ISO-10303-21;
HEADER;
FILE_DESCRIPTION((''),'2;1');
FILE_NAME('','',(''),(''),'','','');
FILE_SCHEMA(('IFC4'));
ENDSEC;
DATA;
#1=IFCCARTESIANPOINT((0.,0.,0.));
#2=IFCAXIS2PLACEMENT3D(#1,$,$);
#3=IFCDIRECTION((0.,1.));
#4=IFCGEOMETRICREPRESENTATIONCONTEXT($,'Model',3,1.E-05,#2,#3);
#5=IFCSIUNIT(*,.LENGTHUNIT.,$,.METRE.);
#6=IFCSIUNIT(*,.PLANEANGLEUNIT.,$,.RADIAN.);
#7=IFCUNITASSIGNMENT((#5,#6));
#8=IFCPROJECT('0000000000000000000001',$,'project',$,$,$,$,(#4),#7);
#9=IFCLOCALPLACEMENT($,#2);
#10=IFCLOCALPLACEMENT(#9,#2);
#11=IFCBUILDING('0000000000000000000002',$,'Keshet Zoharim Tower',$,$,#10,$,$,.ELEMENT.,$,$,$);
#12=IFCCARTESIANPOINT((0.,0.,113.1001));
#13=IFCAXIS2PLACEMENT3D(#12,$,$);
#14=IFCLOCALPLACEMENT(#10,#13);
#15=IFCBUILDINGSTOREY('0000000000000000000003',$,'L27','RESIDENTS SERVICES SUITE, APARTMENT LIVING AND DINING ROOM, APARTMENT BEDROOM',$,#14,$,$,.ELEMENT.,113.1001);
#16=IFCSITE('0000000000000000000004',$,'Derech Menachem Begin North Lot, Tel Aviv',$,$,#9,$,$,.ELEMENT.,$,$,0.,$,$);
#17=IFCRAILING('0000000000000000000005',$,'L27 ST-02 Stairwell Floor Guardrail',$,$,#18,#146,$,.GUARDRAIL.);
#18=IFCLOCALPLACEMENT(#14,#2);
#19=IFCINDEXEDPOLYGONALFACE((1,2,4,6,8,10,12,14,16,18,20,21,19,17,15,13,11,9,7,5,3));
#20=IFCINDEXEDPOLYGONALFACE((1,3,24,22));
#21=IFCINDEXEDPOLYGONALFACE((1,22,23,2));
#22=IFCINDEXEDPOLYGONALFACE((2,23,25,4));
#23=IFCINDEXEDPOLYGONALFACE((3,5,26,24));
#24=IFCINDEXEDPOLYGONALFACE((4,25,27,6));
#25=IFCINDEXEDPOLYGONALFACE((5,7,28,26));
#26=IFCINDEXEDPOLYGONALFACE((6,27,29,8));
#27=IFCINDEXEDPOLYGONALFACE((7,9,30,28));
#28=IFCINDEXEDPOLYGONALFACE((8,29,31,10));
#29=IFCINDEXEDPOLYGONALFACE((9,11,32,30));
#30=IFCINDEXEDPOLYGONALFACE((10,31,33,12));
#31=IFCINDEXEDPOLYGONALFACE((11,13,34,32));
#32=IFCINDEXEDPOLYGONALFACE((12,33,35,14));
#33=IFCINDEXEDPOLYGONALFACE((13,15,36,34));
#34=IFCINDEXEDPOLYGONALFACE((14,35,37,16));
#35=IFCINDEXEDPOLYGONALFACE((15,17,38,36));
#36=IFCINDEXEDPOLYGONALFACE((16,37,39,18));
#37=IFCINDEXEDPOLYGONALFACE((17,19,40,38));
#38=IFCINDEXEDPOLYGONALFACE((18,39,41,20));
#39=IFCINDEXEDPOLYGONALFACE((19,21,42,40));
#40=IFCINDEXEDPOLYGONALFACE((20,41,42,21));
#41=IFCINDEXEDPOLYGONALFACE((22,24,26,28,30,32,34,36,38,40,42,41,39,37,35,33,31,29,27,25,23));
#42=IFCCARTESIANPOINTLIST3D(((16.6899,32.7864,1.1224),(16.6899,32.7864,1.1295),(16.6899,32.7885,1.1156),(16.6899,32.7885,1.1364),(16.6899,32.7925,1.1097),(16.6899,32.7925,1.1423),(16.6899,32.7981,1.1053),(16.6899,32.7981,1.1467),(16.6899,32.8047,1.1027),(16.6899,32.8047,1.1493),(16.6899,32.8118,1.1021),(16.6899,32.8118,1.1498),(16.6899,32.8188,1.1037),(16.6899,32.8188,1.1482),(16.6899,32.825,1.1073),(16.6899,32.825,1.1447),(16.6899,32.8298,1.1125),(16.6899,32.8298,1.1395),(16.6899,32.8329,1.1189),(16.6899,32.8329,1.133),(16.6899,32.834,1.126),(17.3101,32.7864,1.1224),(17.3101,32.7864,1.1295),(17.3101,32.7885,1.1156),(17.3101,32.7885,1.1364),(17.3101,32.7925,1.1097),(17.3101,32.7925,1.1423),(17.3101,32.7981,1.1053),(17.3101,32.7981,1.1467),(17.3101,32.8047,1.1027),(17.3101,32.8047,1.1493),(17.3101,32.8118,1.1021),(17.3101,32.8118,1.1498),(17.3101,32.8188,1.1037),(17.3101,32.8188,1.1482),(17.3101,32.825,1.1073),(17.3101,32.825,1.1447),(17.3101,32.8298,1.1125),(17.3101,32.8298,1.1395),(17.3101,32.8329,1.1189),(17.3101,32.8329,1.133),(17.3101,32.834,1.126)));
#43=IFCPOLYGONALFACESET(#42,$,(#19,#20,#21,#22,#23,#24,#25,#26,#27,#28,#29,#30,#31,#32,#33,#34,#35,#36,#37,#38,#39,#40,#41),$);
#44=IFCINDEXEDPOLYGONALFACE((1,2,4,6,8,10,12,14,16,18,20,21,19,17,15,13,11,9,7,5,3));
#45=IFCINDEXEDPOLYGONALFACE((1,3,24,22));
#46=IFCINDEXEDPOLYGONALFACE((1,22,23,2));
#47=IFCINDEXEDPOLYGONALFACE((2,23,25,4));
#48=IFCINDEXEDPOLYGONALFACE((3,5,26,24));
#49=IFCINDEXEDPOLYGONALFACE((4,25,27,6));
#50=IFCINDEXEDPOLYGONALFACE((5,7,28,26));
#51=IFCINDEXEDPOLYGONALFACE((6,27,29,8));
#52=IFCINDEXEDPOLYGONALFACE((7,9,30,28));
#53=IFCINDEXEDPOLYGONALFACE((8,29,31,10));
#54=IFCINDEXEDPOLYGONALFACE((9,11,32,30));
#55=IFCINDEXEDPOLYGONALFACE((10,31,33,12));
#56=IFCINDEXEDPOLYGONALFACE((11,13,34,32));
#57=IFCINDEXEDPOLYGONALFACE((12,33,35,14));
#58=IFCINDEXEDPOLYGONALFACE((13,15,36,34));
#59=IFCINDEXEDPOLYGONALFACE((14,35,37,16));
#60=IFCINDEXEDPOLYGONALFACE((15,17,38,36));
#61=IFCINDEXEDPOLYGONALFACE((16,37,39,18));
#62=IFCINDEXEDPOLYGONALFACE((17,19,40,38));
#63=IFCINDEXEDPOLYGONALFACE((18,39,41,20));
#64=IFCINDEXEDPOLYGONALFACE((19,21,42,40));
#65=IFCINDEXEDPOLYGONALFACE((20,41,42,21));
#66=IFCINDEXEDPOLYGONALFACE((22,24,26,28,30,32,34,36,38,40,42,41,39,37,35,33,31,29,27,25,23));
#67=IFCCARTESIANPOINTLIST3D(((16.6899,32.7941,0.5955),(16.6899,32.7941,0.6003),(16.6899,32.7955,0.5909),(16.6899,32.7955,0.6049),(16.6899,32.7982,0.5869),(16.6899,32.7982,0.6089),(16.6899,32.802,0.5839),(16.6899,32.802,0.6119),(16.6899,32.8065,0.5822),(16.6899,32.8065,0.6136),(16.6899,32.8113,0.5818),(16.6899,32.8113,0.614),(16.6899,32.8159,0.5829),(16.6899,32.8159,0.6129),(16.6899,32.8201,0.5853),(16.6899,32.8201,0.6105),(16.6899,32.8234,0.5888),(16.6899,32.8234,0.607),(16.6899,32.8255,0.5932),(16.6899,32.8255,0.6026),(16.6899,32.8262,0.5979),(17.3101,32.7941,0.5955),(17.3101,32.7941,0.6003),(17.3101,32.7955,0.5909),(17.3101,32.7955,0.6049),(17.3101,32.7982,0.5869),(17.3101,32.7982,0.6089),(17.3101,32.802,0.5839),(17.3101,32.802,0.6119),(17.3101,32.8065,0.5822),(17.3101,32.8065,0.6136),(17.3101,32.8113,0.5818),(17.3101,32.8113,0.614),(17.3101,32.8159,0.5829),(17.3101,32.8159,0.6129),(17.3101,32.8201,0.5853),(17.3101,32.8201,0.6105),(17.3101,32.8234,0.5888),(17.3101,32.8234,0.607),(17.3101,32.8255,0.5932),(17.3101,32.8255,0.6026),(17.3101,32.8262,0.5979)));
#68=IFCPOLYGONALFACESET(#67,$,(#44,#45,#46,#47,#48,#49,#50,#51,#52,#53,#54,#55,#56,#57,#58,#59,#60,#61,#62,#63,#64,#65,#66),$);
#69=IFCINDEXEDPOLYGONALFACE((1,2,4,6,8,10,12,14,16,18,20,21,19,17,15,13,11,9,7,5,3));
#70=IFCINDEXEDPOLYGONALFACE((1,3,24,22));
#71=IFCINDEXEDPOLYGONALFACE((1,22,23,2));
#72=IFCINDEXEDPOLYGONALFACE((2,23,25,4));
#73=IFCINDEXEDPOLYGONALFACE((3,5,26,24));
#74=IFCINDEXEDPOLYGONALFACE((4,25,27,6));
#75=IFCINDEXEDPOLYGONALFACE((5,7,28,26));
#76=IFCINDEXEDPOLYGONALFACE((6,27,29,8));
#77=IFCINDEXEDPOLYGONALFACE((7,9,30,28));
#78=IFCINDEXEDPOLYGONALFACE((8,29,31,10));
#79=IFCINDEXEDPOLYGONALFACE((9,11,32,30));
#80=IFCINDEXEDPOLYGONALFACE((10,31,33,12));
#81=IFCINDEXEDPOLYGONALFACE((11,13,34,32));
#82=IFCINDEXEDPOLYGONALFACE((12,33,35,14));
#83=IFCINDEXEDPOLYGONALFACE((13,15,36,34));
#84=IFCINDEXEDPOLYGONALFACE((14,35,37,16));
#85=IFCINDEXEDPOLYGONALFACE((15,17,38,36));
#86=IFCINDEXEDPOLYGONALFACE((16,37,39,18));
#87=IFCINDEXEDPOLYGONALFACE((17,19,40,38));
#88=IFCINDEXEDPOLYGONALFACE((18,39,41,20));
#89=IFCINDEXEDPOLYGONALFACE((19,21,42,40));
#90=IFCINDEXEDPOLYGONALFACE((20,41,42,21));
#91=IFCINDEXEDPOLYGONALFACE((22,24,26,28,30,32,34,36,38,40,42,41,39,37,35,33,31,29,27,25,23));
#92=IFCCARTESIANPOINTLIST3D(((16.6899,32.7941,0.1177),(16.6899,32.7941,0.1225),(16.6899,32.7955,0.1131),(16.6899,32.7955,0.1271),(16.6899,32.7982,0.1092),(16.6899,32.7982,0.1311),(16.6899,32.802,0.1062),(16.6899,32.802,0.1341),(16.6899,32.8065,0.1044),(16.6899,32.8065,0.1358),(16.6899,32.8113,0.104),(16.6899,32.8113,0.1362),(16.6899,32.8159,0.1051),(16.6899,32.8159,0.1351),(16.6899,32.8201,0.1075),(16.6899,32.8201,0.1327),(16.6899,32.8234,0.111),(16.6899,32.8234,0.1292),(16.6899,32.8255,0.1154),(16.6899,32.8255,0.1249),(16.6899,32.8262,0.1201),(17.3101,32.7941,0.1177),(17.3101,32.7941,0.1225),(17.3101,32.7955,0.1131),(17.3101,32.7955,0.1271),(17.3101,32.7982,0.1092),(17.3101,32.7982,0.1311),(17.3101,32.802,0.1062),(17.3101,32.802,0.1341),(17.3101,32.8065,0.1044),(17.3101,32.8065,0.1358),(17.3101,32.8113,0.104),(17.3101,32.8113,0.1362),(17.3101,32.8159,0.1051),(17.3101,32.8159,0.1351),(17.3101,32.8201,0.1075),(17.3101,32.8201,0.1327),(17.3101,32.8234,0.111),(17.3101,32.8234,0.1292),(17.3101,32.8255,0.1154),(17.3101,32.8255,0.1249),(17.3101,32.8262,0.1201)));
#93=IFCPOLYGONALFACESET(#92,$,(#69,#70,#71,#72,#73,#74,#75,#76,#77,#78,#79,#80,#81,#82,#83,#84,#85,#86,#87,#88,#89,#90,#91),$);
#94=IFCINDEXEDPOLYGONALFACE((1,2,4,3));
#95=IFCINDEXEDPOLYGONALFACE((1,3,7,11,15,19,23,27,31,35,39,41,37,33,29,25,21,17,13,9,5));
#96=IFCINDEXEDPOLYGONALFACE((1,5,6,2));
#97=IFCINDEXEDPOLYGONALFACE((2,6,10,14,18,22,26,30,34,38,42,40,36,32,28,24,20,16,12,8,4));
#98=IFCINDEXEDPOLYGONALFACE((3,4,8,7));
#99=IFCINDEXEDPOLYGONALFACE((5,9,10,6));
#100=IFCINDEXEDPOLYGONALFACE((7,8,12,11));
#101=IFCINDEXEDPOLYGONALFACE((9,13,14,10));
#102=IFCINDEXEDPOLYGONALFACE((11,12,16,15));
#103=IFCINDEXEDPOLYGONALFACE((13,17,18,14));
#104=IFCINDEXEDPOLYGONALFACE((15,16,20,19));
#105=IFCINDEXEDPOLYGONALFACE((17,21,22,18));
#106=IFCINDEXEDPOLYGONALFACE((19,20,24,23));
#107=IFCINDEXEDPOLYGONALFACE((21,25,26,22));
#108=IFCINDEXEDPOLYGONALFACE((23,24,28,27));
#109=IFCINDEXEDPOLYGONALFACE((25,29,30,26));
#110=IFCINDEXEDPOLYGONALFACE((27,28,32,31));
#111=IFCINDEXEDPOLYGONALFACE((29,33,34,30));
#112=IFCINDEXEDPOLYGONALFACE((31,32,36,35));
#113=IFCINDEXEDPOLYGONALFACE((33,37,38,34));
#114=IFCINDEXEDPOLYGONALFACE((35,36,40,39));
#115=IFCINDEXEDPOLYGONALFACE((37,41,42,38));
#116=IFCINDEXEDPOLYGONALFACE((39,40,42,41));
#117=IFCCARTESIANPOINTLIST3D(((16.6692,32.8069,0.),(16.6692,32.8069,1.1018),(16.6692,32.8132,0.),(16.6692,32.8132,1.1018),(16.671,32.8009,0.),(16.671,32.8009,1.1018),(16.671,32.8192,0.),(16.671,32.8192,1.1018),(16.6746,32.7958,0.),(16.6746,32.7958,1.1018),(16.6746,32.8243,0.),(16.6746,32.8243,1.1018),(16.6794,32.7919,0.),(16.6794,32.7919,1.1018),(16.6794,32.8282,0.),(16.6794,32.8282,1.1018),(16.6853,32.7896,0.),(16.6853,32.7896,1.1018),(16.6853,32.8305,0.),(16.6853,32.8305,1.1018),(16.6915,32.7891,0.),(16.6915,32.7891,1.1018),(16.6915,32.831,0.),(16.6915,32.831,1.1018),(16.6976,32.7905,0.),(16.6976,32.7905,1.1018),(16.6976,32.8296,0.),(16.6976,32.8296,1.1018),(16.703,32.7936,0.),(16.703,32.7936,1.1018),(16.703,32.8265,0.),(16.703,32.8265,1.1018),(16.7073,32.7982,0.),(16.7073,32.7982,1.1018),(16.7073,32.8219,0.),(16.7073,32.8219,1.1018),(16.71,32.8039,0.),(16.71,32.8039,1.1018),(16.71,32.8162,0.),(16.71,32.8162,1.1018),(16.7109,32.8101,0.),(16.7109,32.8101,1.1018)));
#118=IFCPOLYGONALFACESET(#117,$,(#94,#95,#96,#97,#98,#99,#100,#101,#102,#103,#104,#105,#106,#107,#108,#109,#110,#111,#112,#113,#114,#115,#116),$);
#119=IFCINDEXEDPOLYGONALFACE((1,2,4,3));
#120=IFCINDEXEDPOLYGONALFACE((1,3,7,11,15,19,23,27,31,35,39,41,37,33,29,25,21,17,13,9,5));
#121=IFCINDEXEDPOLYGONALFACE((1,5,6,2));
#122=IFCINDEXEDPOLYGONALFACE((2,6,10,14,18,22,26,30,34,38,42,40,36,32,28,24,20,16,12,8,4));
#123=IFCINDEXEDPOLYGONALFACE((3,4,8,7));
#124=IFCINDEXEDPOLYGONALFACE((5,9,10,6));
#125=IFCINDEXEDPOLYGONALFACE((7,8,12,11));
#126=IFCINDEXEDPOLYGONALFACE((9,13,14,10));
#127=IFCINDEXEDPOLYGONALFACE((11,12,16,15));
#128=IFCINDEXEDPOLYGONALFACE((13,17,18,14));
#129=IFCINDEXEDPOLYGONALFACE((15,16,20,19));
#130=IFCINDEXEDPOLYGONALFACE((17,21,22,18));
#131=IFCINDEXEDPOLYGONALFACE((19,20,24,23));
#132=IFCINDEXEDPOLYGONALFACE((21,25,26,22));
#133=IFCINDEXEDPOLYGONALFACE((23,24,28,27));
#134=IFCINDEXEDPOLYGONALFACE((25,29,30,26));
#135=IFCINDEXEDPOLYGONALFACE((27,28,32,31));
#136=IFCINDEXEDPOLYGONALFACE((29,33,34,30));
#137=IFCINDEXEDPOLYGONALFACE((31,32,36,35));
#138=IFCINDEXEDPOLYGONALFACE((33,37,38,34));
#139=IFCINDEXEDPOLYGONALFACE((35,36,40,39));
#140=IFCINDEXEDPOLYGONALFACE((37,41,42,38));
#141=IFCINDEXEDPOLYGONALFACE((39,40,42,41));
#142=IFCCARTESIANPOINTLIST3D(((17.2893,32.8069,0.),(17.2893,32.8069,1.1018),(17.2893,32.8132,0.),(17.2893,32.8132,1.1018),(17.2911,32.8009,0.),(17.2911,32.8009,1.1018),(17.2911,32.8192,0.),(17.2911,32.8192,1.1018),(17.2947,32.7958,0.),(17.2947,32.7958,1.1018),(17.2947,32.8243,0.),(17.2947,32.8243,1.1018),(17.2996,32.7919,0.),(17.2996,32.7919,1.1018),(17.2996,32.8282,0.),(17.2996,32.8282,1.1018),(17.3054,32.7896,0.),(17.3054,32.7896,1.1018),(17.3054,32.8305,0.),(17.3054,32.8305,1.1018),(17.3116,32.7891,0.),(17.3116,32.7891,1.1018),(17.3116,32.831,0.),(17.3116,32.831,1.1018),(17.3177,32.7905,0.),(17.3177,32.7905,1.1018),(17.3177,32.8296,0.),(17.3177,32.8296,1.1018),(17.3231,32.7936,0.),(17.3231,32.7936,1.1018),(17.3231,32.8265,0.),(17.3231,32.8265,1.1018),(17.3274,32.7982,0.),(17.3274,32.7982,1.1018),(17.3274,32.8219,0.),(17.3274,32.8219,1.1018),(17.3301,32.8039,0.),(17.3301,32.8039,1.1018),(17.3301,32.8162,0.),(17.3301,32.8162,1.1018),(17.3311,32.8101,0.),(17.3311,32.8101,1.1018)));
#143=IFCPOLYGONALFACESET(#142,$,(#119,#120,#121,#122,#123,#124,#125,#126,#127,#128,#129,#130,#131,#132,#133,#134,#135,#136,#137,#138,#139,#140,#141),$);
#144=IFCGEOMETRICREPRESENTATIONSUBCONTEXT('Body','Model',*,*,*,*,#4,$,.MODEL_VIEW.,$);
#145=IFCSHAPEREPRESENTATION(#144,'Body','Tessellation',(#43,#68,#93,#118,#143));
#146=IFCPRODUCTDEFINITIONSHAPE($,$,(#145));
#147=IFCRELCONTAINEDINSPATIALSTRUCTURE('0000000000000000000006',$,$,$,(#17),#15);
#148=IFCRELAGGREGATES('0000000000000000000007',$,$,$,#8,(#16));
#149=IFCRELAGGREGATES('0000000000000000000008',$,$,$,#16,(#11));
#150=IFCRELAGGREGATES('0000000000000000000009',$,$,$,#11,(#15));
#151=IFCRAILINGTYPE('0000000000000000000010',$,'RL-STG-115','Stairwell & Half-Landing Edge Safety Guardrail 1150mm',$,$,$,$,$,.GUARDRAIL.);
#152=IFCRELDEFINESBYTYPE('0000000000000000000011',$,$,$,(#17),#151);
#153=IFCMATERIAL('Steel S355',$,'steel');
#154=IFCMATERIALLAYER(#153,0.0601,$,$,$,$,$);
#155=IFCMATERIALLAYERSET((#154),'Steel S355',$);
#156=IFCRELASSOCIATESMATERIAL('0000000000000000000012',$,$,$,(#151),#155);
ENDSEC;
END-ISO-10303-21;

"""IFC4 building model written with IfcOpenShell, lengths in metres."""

from ifc_helpers import new_model, si_unit, direction, frame, origin, origin_2d, place, context, subcontext, project, spatial, circle, extrude, material, layer, layer_set, type_object, element, save


model = new_model("IFC4")

# Units and contexts
model_context = context("Model", 3, precision=1e-05, world=origin(), true_north=direction((0.0, 1.0)))
body_context = subcontext(model_context, "Body", "Model", "MODEL_VIEW")
ifc_project = project(units=[si_unit("LENGTHUNIT", "METRE"), si_unit("PLANEANGLEUNIT", "RADIAN")], contexts=[model_context])

# Site, building, storey
site_placement = place(None, origin())
site = spatial("IfcSite", under=ifc_project, at=site_placement, Name="Derech Menachem Begin North Lot, Tel Aviv", CompositionType="ELEMENT", RefElevation=0.0)
building_placement = place(site_placement, origin())
building = spatial("IfcBuilding", under=site, at=building_placement, Name="Keshet Zoharim Tower", CompositionType="ELEMENT")
storey_placement = place(building_placement, frame((0.0, 0.0, 113.1001)))
storey = spatial("IfcBuildingStorey", under=building, at=storey_placement, Name="L27", Description="RESIDENTS SERVICES SUITE, APARTMENT LIVING AND DINING ROOM, APARTMENT BEDROOM", CompositionType="ELEMENT", Elevation=113.1001)

# Shared definitions
ifc_material_1 = material(Name="Steel S355", Category="steel")

# Railing
ifc_layer_1 = layer(ifc_material_1, 0.0601)
ifc_layer_set_1 = layer_set([ifc_layer_1], Name="Steel S355")
railing_type_1 = type_object("IfcRailingType", Name="RL-STG-115", Description="Stairwell & Half-Landing Edge Safety Guardrail 1150mm", PredefinedType="GUARDRAIL", material=ifc_layer_set_1)
railing_1_placement = place(storey_placement, frame((16.6899, 32.8101, 0.0)))
element("IfcRailing", 1, at=railing_1_placement, inside=storey, type_object=railing_type_1, Name="L27 ST-02 Stairwell Floor Guardrail", PredefinedType="GUARDRAIL", context=body_context, shape_type="SweptSolid", body=[
    extrude(circle(Radius=0.0239, at=origin_2d()), frame((0.0, 0.0, 1.126), z_axis=(1.0, 0.0, 0.0), x_axis=(0.0, 1.0, 0.0)), (0.0, 0.0, 1.0), 0.6201),
    extrude(circle(Radius=0.0161, at=origin_2d()), frame((0.0, 0.0, 0.5979), z_axis=(1.0, 0.0, 0.0), x_axis=(0.0, 1.0, 0.0)), (0.0, 0.0, 1.0), 0.6201),
    extrude(circle(Radius=0.0161, at=origin_2d()), frame((0.0, 0.0, 0.1201), z_axis=(1.0, 0.0, 0.0), x_axis=(0.0, 1.0, 0.0)), (0.0, 0.0, 1.0), 0.6201),
    extrude(circle(Radius=0.021, at=origin_2d()), origin(), (0.0, 0.0, 1.0), 1.1018),
    extrude(circle(Radius=0.021, at=origin_2d()), frame((0.6201, 0.0, 0.0)), (0.0, 0.0, 1.0), 1.1018),
])

save(model, "model.ifc")
